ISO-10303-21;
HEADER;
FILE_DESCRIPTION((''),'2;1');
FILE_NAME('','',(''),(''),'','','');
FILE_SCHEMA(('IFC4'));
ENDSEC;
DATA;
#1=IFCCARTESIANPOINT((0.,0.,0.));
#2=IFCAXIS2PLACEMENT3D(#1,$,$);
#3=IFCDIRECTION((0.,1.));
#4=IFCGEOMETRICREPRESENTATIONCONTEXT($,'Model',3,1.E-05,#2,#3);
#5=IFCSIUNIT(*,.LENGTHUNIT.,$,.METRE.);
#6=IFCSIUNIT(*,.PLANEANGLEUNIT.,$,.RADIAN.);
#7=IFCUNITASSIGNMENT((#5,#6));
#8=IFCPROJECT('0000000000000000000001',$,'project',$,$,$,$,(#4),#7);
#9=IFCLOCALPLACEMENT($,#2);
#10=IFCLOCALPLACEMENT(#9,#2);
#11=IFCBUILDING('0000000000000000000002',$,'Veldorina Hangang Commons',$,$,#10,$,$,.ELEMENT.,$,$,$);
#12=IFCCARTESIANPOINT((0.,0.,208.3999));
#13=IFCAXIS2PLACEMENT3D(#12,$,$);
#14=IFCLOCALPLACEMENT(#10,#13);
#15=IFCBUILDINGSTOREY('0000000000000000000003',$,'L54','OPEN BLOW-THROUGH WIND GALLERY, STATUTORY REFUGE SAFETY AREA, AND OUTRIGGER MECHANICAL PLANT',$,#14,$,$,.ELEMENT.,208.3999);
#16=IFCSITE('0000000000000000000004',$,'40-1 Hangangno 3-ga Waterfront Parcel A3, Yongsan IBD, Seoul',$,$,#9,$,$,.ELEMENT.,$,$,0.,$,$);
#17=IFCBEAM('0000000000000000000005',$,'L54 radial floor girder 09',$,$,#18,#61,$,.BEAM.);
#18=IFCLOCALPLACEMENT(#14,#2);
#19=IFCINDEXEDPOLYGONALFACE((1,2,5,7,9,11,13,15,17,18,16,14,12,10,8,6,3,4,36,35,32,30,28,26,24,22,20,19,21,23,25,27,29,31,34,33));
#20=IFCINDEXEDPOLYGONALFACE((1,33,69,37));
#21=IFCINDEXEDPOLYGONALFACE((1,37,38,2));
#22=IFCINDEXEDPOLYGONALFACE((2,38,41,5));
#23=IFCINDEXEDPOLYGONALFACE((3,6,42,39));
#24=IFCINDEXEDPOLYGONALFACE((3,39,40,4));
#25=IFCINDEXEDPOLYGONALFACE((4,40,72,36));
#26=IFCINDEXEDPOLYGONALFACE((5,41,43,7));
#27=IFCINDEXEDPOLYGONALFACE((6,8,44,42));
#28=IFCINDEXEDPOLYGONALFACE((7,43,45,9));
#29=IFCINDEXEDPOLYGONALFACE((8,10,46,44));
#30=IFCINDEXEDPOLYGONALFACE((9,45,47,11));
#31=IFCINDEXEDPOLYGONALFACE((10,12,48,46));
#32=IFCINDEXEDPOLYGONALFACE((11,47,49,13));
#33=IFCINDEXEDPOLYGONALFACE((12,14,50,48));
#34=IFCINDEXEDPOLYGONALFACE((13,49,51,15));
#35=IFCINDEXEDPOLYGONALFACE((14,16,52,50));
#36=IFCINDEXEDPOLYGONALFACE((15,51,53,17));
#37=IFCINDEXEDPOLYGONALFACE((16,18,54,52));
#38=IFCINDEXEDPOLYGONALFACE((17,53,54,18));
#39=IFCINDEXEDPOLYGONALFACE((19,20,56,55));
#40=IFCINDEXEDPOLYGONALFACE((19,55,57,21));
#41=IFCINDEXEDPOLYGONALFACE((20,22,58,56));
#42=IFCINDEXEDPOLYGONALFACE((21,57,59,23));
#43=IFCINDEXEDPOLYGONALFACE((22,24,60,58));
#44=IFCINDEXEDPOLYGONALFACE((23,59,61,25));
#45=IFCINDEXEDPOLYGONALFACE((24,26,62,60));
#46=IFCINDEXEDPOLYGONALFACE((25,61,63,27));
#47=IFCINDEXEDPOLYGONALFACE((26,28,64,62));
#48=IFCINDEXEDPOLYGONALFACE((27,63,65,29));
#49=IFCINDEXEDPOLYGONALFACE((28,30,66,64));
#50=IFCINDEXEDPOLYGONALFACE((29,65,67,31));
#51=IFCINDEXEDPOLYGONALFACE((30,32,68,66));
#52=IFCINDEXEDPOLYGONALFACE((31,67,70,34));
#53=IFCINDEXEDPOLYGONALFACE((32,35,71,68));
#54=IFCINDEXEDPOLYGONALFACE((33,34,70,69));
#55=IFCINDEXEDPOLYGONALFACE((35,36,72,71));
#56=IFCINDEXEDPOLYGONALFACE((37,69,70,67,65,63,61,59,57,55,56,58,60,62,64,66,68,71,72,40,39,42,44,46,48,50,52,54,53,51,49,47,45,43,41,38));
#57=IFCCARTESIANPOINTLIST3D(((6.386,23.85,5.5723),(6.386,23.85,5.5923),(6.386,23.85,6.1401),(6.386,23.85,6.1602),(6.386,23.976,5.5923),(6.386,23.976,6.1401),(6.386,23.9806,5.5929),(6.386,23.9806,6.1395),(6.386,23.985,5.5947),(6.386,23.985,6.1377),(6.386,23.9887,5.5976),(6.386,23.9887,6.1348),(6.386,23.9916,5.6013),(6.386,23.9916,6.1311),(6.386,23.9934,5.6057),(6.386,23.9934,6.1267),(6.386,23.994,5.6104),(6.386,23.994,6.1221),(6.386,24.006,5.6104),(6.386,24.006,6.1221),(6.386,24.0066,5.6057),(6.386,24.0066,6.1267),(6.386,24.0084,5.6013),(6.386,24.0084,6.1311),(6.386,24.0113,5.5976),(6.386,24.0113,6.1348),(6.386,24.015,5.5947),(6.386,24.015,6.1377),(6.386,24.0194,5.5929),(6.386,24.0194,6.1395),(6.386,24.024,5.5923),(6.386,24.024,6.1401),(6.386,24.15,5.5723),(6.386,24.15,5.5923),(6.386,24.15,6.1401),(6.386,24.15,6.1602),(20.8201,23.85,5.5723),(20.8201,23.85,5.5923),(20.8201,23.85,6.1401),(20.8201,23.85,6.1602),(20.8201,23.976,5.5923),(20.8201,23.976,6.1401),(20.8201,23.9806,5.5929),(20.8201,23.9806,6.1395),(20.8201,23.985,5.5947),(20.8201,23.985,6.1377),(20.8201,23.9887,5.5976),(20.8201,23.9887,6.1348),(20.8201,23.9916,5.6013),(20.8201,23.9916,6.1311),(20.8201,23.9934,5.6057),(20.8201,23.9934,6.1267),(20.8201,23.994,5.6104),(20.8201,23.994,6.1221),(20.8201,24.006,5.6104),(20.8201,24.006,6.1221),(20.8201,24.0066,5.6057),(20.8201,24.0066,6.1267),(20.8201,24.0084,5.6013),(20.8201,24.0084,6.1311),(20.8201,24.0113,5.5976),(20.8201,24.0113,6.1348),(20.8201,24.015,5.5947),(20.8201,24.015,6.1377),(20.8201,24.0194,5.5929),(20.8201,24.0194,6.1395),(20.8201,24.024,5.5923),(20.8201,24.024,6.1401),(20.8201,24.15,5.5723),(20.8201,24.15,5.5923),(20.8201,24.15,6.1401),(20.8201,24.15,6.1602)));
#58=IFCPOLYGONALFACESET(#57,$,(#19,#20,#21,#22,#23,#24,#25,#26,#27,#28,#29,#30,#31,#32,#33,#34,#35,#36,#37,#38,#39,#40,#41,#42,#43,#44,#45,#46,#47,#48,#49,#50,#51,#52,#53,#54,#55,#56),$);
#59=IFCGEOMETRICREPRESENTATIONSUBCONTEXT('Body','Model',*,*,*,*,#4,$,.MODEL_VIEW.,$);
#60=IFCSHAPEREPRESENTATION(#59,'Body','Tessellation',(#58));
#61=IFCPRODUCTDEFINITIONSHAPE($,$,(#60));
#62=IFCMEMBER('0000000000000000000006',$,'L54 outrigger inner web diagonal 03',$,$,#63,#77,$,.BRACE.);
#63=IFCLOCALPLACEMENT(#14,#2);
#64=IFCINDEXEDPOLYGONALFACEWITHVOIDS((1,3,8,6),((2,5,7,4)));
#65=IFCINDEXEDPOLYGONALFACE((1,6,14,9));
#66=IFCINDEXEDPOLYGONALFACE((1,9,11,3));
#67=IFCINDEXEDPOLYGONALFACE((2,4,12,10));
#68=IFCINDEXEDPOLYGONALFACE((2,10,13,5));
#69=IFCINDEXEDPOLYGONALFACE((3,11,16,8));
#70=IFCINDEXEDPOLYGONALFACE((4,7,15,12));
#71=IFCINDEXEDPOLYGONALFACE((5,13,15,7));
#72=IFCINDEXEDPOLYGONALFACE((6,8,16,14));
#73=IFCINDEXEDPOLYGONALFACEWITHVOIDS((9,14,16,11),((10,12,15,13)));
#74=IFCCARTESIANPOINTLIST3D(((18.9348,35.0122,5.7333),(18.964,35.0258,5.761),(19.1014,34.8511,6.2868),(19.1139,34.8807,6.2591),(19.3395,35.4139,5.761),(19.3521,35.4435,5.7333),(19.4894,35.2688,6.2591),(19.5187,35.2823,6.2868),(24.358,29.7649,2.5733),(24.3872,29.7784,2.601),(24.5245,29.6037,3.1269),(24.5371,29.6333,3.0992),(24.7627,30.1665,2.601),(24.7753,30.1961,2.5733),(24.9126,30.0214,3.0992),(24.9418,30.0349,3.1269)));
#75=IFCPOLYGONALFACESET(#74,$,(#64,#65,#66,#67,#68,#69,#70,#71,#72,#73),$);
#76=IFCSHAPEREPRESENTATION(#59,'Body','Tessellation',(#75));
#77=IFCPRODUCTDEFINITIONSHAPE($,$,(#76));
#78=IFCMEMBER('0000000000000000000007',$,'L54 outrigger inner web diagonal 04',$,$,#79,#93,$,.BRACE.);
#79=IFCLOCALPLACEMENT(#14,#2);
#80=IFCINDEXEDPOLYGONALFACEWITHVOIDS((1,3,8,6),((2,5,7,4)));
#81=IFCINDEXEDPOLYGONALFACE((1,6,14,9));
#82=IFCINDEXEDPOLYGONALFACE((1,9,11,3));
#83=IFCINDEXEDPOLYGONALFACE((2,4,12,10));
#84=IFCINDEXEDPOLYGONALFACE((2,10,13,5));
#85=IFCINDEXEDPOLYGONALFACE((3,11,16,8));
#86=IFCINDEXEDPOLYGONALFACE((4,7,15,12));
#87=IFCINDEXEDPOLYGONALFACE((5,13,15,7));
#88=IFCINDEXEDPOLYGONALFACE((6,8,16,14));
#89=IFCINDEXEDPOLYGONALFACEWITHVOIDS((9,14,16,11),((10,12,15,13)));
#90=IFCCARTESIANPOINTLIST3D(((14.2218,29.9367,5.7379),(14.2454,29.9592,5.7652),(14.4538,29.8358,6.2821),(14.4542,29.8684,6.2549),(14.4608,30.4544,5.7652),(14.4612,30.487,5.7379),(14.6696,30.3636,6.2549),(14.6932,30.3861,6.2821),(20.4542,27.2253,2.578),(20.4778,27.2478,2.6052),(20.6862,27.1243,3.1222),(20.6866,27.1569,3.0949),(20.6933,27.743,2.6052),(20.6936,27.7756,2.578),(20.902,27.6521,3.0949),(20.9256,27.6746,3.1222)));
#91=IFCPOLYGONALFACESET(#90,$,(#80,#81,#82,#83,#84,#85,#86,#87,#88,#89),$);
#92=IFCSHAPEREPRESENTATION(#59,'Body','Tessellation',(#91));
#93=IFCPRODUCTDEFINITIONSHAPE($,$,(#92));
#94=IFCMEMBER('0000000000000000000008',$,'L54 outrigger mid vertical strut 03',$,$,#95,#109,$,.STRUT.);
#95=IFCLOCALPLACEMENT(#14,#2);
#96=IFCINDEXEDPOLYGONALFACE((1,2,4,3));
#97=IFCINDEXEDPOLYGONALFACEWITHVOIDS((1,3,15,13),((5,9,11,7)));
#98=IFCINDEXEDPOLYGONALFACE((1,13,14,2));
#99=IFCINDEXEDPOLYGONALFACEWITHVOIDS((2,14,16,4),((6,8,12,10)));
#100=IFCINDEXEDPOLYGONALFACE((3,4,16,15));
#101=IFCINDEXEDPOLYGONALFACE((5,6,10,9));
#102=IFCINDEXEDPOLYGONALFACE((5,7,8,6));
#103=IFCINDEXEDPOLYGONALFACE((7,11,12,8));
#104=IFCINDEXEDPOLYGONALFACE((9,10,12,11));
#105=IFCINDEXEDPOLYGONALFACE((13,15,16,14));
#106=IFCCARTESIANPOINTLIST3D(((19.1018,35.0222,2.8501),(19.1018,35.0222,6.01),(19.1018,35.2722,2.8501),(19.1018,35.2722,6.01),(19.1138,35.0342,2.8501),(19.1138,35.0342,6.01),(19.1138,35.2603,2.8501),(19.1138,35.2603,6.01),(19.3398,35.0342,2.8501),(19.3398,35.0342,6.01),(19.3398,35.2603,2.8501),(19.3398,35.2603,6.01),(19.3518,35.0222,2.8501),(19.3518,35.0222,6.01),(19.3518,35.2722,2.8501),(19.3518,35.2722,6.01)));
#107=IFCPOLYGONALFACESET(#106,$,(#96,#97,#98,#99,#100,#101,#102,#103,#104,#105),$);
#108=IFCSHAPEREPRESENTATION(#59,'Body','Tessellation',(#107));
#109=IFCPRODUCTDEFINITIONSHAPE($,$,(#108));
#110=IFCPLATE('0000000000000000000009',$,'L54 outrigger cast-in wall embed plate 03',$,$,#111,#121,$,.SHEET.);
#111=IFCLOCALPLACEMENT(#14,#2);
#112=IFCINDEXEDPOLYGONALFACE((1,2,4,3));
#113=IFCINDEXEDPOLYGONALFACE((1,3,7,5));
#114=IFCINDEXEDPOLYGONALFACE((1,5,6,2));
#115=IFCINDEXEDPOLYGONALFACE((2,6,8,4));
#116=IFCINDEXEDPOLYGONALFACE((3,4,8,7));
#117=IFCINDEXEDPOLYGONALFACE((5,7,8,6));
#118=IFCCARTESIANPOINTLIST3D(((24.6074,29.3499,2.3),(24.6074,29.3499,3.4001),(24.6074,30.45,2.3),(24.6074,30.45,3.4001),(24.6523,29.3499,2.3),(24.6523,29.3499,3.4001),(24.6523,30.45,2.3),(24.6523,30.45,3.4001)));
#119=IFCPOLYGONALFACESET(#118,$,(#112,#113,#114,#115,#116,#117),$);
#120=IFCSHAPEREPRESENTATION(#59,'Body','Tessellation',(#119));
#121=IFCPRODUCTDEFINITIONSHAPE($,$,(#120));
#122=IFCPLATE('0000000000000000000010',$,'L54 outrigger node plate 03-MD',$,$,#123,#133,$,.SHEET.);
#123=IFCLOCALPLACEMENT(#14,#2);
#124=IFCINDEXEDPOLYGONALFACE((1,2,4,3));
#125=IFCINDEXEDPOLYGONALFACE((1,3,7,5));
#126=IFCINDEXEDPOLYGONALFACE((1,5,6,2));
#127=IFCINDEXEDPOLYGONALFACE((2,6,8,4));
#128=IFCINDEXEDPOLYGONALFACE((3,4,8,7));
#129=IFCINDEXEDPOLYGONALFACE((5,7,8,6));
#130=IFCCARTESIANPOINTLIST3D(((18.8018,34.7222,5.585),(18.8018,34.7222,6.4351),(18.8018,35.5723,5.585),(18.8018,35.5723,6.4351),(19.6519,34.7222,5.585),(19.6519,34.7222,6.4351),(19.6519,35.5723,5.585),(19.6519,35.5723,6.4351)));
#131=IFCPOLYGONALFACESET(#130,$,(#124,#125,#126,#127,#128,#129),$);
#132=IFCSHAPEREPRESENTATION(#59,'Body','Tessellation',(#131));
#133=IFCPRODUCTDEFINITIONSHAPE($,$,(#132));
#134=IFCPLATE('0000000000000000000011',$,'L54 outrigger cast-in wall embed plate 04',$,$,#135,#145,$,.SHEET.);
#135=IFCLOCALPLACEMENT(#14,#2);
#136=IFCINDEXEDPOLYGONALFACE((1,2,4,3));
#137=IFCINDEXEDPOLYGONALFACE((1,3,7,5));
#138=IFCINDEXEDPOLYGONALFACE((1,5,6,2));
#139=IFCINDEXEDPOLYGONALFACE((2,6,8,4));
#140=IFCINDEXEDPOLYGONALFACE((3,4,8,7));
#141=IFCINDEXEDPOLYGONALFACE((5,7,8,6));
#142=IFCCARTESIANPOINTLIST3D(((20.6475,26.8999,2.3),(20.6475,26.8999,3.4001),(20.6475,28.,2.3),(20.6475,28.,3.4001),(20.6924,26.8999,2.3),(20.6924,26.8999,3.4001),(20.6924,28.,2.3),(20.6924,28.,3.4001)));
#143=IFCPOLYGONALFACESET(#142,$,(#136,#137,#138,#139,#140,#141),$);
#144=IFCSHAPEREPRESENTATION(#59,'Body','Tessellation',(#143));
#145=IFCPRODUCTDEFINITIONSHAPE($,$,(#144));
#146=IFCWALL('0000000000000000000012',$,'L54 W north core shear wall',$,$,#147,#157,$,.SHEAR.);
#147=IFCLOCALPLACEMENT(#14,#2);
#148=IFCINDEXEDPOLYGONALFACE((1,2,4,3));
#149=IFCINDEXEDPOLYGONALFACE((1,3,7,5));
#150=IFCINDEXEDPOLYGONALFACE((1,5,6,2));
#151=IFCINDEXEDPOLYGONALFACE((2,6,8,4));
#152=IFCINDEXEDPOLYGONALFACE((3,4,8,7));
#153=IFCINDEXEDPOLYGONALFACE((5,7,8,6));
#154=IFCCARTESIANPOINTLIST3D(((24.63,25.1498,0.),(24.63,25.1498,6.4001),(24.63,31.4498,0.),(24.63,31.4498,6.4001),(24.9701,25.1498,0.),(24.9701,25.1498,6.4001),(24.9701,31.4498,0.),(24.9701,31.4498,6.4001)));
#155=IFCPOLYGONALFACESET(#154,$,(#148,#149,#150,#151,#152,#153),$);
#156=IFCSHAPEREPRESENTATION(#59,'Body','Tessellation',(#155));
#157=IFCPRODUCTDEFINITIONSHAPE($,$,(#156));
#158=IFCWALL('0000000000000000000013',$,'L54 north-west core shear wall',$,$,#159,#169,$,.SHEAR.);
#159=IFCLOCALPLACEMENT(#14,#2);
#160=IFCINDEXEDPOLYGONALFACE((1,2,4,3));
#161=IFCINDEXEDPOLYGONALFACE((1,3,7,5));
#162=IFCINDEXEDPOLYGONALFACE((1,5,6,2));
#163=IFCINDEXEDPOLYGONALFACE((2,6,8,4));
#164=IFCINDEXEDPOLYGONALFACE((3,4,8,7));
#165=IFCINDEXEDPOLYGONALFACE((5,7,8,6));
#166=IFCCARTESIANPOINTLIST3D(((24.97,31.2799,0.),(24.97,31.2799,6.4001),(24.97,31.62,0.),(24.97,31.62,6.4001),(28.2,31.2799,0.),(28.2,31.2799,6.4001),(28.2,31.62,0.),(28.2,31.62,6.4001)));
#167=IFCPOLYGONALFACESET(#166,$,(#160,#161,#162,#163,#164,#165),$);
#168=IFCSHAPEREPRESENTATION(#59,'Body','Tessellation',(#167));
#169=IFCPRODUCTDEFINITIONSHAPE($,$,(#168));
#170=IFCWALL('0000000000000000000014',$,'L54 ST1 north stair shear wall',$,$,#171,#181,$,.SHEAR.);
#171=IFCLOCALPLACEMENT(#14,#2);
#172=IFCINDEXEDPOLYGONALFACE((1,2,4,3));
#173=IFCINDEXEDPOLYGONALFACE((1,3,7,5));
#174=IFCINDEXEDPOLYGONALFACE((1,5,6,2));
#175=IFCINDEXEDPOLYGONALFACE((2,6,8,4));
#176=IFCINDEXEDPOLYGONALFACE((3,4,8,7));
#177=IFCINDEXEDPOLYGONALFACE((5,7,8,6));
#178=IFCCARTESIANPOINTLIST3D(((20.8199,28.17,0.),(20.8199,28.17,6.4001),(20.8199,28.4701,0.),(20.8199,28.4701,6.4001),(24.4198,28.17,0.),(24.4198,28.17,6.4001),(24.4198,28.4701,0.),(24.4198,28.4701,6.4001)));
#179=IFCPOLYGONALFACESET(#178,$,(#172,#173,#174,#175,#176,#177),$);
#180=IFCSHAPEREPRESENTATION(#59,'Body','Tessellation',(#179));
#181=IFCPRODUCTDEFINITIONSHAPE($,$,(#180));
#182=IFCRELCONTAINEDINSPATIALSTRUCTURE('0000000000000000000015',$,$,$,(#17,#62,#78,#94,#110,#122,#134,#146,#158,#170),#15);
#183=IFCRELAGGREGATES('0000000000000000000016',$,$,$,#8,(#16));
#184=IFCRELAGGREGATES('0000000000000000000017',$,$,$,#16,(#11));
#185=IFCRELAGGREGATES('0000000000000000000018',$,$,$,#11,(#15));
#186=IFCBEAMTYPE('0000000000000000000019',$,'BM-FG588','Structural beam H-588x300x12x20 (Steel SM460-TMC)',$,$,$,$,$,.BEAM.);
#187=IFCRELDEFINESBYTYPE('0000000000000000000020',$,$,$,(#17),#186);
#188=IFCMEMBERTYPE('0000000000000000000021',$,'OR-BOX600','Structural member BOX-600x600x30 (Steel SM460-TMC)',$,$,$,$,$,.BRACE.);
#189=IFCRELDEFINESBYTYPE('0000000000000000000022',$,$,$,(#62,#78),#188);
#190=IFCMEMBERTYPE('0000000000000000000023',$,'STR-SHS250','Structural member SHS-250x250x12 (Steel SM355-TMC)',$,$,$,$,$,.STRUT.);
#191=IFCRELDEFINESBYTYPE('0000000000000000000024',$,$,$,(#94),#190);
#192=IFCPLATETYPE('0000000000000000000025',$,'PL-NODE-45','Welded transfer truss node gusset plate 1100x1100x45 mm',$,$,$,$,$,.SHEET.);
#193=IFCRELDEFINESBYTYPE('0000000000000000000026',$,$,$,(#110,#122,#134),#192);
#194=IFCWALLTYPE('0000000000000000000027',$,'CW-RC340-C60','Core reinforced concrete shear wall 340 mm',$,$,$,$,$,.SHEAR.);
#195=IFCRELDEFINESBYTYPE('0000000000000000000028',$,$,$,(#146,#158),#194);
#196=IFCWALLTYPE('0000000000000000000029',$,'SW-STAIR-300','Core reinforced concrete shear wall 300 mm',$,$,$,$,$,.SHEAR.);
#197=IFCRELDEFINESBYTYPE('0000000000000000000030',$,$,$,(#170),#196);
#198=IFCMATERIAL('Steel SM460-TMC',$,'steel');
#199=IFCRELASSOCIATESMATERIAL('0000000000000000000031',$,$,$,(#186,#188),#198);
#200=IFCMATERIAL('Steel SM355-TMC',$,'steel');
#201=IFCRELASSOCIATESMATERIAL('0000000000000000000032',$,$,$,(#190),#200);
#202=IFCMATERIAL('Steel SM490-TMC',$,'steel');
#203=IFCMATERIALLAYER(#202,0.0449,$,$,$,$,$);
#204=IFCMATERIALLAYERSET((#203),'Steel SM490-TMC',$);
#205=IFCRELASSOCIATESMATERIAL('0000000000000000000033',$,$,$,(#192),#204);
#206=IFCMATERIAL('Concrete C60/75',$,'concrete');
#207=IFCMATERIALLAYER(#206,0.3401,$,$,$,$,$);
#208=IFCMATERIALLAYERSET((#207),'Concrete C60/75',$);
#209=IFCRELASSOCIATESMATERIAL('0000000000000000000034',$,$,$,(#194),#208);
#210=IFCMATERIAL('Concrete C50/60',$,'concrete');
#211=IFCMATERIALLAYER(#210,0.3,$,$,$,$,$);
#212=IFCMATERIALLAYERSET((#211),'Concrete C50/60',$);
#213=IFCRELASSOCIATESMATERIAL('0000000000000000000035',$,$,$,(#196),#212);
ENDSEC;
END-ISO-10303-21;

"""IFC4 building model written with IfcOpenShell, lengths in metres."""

from ifc_helpers import new_model, si_unit, direction, frame, frame_2d, origin, origin_2d, place, context, subcontext, project, spatial, rectangle, hollow_rectangle, i_section, extrude, material, layer, layer_set, material_profile, profile_set, type_object, element, save


model = new_model("IFC4")

# Units and contexts
model_context = context("Model", 3, precision=1e-05, world=origin(), true_north=direction((0.0, 1.0)))
body_context = subcontext(model_context, "Body", "Model", "MODEL_VIEW")
ifc_project = project(units=[si_unit("LENGTHUNIT", "METRE"), si_unit("PLANEANGLEUNIT", "RADIAN")], contexts=[model_context])

# Site, building, storey
site_placement = place(None, origin())
site = spatial("IfcSite", under=ifc_project, at=site_placement, Name="40-1 Hangangno 3-ga Waterfront Parcel A3, Yongsan IBD, Seoul", CompositionType="ELEMENT", RefElevation=0.0)
building_placement = place(site_placement, origin())
building = spatial("IfcBuilding", under=site, at=building_placement, Name="Veldorina Hangang Commons", CompositionType="ELEMENT")
storey_placement = place(building_placement, frame((0.0, 0.0, 208.3999)))
storey = spatial("IfcBuildingStorey", under=building, at=storey_placement, Name="L54", Description="OPEN BLOW-THROUGH WIND GALLERY, STATUTORY REFUGE SAFETY AREA, AND OUTRIGGER MECHANICAL PLANT", CompositionType="ELEMENT", Elevation=208.3999)

# Beam
ifc_material_1 = material(Name="Steel SM460-TMC", Category="steel")
ifc_material_2 = material(Name="Concrete C60/75", Category="concrete")
ifc_material_profile_1 = material_profile(ifc_material_1, i_section(OverallWidth=0.3, OverallDepth=0.5879, WebThickness=0.012, FlangeThickness=0.02, FilletRadius=0.0181, at=origin_2d()), Name="H-588x300x12x20")
ifc_profile_set_1 = profile_set([ifc_material_profile_1], Name="Steel SM460-TMC")
beam_type_1 = type_object("IfcBeamType", Name="BM-FG588", Description="Structural beam H-588x300x12x20 (Steel SM460-TMC)", PredefinedType="BEAM", material=ifc_profile_set_1)
beam_1_placement = place(storey_placement, frame((20.8201, 24.0, 5.8662), z_axis=(-1.0, 0.0, 0.0), x_axis=(0.0, -1.0, 0.0)))
element("IfcBeam", 1, at=beam_1_placement, inside=storey, type_object=beam_type_1, Name="L54 radial floor girder 09", PredefinedType="BEAM", context=body_context, shape_type="SweptSolid", body=[
    extrude(i_section(OverallWidth=0.3, OverallDepth=0.5879, WebThickness=0.012, FlangeThickness=0.02, FilletRadius=0.0181, at=origin_2d()), origin(), (0.0, 0.0, 1.0), 14.4341),
])

# Members
ifc_material_profile_2 = material_profile(ifc_material_1, hollow_rectangle(XDim=0.6001, YDim=0.6001, WallThickness=0.03, at=origin_2d()), Name="BOX-600x600x30")
ifc_profile_set_2 = profile_set([ifc_material_profile_2], Name="Steel SM460-TMC")
member_type_1 = type_object("IfcMemberType", Name="OR-BOX600", Description="Structural member BOX-600x600x30 (Steel SM460-TMC)", PredefinedType="BRACE", material=ifc_profile_set_2)
member_1_placement = place(storey_placement, frame((24.6499, 29.8999, 2.8501), z_axis=(-0.662886, 0.6414, 0.386248), x_axis=(-0.695364, -0.718658, 0.0)))
element("IfcMember", 2, at=member_1_placement, inside=storey, type_object=member_type_1, Name="L54 outrigger inner web diagonal 03", PredefinedType="BRACE", context=body_context, shape_type="SweptSolid", body=[
    extrude(hollow_rectangle(XDim=0.6001, YDim=0.6001, WallThickness=0.03, at=origin_2d()), origin(), (0.0, 0.0, 1.0), 8.1812),
])
member_2_placement = place(storey_placement, frame((20.6899, 27.45, 2.8501), z_axis=(-0.831507, 0.361749, 0.421584), x_axis=(-0.398934, -0.91698, 0.0)))
element("IfcMember", 3, at=member_2_placement, inside=storey, type_object=member_type_1, Name="L54 outrigger inner web diagonal 04", PredefinedType="BRACE", context=body_context, shape_type="SweptSolid", body=[
    extrude(hollow_rectangle(XDim=0.6001, YDim=0.6001, WallThickness=0.03, at=origin_2d()), origin(), (0.0, 0.0, 1.0), 7.4954),
])
ifc_material_3 = material(Name="Steel SM355-TMC", Category="steel")
ifc_material_profile_3 = material_profile(ifc_material_3, hollow_rectangle(XDim=0.25, YDim=0.25, WallThickness=0.012, at=origin_2d()), Name="SHS-250x250x12")
ifc_profile_set_3 = profile_set([ifc_material_profile_3], Name="Steel SM355-TMC")
member_type_2 = type_object("IfcMemberType", Name="STR-SHS250", Description="Structural member SHS-250x250x12 (Steel SM355-TMC)", PredefinedType="STRUT", material=ifc_profile_set_3)
member_3_placement = place(storey_placement, frame((19.2268, 35.1472, 2.8501), z_axis=(0.0, 0.0, 1.0), x_axis=(1.0, 0.0, 0.0)))
element("IfcMember", 4, at=member_3_placement, inside=storey, type_object=member_type_2, Name="L54 outrigger mid vertical strut 03", PredefinedType="STRUT", context=body_context, shape_type="SweptSolid", body=[
    extrude(hollow_rectangle(XDim=0.25, YDim=0.25, WallThickness=0.012, at=origin_2d()), origin(), (0.0, 0.0, 1.0), 3.1599),
])

# Plates
ifc_material_4 = material(Name="Steel SM490-TMC", Category="steel")
ifc_layer_1 = layer(ifc_material_4, 0.0449)
ifc_layer_set_1 = layer_set([ifc_layer_1], Name="Steel SM490-TMC")
plate_type = type_object("IfcPlateType", Name="PL-NODE-45", Description="Welded transfer truss node gusset plate 1100x1100x45 mm", PredefinedType="SHEET", material=ifc_layer_set_1)
plate_1_placement = place(storey_placement, frame((24.6299, 29.8999, 2.3), z_axis=(0.0, 0.0, 1.0), x_axis=(1.0, 0.0, 0.0)))
element("IfcPlate", 5, at=plate_1_placement, inside=storey, type_object=plate_type, Name="L54 outrigger cast-in wall embed plate 03", PredefinedType="SHEET", context=body_context, shape_type="SweptSolid", body=[
    extrude(rectangle(XDim=0.0449, YDim=1.1001, at=origin_2d()), origin(), (0.0, 0.0, 1.0), 1.1001),
])
plate_2_placement = place(storey_placement, frame((19.2268, 35.1472, 5.585), z_axis=(0.0, 0.0, 1.0), x_axis=(1.0, 0.0, 0.0)))
element("IfcPlate", 6, at=plate_2_placement, inside=storey, type_object=plate_type, Name="L54 outrigger node plate 03-MD", PredefinedType="SHEET", context=body_context, shape_type="SweptSolid", body=[
    extrude(rectangle(XDim=0.8501, YDim=0.8501, at=origin_2d()), origin(), (0.0, 0.0, 1.0), 0.8501),
])
plate_3_placement = place(storey_placement, frame((20.6699, 27.45, 2.3), z_axis=(0.0, 0.0, 1.0), x_axis=(1.0, 0.0, 0.0)))
element("IfcPlate", 7, at=plate_3_placement, inside=storey, type_object=plate_type, Name="L54 outrigger cast-in wall embed plate 04", PredefinedType="SHEET", context=body_context, shape_type="SweptSolid", body=[
    extrude(rectangle(XDim=0.0449, YDim=1.1001, at=origin_2d()), origin(), (0.0, 0.0, 1.0), 1.1001),
])

# Walls
ifc_layer_2 = layer(ifc_material_2, 0.3401)
ifc_layer_set_2 = layer_set([ifc_layer_2], Name="Concrete C60/75")
wall_type_1 = type_object("IfcWallType", Name="CW-RC340-C60", Description="Core reinforced concrete shear wall 340 mm", PredefinedType="SHEAR", material=ifc_layer_set_2)
wall_1_placement = place(storey_placement, frame((24.8, 25.1499, 0.0), z_axis=(0.0, 0.0, 1.0), x_axis=(0.0, 1.0, 0.0)))
element("IfcWall", 8, at=wall_1_placement, inside=storey, type_object=wall_type_1, Name="L54 W north core shear wall", PredefinedType="SHEAR", context=body_context, shape_type="SweptSolid", body=[
    extrude(rectangle(XDim=6.3, YDim=0.3401, at=frame_2d((3.1499, 0.0))), origin(), (0.0, 0.0, 1.0), 6.4001),
])
wall_2_placement = place(storey_placement, frame((24.97, 31.45, 0.0), z_axis=(0.0, 0.0, 1.0), x_axis=(1.0, 0.0, 0.0)))
element("IfcWall", 9, at=wall_2_placement, inside=storey, type_object=wall_type_1, Name="L54 north-west core shear wall", PredefinedType="SHEAR", context=body_context, shape_type="SweptSolid", body=[
    extrude(rectangle(XDim=3.23, YDim=0.3401, at=frame_2d((1.615, 0.0))), origin(), (0.0, 0.0, 1.0), 6.4001),
])
ifc_material_5 = material(Name="Concrete C50/60", Category="concrete")
ifc_layer_3 = layer(ifc_material_5, 0.3)
ifc_layer_set_3 = layer_set([ifc_layer_3], Name="Concrete C50/60")
wall_type_2 = type_object("IfcWallType", Name="SW-STAIR-300", Description="Core reinforced concrete shear wall 300 mm", PredefinedType="SHEAR", material=ifc_layer_set_3)
wall_3_placement = place(storey_placement, frame((20.8201, 28.3201, 0.0), z_axis=(0.0, 0.0, 1.0), x_axis=(1.0, 0.0, 0.0)))
element("IfcWall", 10, at=wall_3_placement, inside=storey, type_object=wall_type_2, Name="L54 ST1 north stair shear wall", PredefinedType="SHEAR", context=body_context, shape_type="SweptSolid", body=[
    extrude(rectangle(XDim=3.5999, YDim=0.3, at=frame_2d((1.7998, 0.0))), origin(), (0.0, 0.0, 1.0), 6.4001),
])

save(model, "model.ifc")
